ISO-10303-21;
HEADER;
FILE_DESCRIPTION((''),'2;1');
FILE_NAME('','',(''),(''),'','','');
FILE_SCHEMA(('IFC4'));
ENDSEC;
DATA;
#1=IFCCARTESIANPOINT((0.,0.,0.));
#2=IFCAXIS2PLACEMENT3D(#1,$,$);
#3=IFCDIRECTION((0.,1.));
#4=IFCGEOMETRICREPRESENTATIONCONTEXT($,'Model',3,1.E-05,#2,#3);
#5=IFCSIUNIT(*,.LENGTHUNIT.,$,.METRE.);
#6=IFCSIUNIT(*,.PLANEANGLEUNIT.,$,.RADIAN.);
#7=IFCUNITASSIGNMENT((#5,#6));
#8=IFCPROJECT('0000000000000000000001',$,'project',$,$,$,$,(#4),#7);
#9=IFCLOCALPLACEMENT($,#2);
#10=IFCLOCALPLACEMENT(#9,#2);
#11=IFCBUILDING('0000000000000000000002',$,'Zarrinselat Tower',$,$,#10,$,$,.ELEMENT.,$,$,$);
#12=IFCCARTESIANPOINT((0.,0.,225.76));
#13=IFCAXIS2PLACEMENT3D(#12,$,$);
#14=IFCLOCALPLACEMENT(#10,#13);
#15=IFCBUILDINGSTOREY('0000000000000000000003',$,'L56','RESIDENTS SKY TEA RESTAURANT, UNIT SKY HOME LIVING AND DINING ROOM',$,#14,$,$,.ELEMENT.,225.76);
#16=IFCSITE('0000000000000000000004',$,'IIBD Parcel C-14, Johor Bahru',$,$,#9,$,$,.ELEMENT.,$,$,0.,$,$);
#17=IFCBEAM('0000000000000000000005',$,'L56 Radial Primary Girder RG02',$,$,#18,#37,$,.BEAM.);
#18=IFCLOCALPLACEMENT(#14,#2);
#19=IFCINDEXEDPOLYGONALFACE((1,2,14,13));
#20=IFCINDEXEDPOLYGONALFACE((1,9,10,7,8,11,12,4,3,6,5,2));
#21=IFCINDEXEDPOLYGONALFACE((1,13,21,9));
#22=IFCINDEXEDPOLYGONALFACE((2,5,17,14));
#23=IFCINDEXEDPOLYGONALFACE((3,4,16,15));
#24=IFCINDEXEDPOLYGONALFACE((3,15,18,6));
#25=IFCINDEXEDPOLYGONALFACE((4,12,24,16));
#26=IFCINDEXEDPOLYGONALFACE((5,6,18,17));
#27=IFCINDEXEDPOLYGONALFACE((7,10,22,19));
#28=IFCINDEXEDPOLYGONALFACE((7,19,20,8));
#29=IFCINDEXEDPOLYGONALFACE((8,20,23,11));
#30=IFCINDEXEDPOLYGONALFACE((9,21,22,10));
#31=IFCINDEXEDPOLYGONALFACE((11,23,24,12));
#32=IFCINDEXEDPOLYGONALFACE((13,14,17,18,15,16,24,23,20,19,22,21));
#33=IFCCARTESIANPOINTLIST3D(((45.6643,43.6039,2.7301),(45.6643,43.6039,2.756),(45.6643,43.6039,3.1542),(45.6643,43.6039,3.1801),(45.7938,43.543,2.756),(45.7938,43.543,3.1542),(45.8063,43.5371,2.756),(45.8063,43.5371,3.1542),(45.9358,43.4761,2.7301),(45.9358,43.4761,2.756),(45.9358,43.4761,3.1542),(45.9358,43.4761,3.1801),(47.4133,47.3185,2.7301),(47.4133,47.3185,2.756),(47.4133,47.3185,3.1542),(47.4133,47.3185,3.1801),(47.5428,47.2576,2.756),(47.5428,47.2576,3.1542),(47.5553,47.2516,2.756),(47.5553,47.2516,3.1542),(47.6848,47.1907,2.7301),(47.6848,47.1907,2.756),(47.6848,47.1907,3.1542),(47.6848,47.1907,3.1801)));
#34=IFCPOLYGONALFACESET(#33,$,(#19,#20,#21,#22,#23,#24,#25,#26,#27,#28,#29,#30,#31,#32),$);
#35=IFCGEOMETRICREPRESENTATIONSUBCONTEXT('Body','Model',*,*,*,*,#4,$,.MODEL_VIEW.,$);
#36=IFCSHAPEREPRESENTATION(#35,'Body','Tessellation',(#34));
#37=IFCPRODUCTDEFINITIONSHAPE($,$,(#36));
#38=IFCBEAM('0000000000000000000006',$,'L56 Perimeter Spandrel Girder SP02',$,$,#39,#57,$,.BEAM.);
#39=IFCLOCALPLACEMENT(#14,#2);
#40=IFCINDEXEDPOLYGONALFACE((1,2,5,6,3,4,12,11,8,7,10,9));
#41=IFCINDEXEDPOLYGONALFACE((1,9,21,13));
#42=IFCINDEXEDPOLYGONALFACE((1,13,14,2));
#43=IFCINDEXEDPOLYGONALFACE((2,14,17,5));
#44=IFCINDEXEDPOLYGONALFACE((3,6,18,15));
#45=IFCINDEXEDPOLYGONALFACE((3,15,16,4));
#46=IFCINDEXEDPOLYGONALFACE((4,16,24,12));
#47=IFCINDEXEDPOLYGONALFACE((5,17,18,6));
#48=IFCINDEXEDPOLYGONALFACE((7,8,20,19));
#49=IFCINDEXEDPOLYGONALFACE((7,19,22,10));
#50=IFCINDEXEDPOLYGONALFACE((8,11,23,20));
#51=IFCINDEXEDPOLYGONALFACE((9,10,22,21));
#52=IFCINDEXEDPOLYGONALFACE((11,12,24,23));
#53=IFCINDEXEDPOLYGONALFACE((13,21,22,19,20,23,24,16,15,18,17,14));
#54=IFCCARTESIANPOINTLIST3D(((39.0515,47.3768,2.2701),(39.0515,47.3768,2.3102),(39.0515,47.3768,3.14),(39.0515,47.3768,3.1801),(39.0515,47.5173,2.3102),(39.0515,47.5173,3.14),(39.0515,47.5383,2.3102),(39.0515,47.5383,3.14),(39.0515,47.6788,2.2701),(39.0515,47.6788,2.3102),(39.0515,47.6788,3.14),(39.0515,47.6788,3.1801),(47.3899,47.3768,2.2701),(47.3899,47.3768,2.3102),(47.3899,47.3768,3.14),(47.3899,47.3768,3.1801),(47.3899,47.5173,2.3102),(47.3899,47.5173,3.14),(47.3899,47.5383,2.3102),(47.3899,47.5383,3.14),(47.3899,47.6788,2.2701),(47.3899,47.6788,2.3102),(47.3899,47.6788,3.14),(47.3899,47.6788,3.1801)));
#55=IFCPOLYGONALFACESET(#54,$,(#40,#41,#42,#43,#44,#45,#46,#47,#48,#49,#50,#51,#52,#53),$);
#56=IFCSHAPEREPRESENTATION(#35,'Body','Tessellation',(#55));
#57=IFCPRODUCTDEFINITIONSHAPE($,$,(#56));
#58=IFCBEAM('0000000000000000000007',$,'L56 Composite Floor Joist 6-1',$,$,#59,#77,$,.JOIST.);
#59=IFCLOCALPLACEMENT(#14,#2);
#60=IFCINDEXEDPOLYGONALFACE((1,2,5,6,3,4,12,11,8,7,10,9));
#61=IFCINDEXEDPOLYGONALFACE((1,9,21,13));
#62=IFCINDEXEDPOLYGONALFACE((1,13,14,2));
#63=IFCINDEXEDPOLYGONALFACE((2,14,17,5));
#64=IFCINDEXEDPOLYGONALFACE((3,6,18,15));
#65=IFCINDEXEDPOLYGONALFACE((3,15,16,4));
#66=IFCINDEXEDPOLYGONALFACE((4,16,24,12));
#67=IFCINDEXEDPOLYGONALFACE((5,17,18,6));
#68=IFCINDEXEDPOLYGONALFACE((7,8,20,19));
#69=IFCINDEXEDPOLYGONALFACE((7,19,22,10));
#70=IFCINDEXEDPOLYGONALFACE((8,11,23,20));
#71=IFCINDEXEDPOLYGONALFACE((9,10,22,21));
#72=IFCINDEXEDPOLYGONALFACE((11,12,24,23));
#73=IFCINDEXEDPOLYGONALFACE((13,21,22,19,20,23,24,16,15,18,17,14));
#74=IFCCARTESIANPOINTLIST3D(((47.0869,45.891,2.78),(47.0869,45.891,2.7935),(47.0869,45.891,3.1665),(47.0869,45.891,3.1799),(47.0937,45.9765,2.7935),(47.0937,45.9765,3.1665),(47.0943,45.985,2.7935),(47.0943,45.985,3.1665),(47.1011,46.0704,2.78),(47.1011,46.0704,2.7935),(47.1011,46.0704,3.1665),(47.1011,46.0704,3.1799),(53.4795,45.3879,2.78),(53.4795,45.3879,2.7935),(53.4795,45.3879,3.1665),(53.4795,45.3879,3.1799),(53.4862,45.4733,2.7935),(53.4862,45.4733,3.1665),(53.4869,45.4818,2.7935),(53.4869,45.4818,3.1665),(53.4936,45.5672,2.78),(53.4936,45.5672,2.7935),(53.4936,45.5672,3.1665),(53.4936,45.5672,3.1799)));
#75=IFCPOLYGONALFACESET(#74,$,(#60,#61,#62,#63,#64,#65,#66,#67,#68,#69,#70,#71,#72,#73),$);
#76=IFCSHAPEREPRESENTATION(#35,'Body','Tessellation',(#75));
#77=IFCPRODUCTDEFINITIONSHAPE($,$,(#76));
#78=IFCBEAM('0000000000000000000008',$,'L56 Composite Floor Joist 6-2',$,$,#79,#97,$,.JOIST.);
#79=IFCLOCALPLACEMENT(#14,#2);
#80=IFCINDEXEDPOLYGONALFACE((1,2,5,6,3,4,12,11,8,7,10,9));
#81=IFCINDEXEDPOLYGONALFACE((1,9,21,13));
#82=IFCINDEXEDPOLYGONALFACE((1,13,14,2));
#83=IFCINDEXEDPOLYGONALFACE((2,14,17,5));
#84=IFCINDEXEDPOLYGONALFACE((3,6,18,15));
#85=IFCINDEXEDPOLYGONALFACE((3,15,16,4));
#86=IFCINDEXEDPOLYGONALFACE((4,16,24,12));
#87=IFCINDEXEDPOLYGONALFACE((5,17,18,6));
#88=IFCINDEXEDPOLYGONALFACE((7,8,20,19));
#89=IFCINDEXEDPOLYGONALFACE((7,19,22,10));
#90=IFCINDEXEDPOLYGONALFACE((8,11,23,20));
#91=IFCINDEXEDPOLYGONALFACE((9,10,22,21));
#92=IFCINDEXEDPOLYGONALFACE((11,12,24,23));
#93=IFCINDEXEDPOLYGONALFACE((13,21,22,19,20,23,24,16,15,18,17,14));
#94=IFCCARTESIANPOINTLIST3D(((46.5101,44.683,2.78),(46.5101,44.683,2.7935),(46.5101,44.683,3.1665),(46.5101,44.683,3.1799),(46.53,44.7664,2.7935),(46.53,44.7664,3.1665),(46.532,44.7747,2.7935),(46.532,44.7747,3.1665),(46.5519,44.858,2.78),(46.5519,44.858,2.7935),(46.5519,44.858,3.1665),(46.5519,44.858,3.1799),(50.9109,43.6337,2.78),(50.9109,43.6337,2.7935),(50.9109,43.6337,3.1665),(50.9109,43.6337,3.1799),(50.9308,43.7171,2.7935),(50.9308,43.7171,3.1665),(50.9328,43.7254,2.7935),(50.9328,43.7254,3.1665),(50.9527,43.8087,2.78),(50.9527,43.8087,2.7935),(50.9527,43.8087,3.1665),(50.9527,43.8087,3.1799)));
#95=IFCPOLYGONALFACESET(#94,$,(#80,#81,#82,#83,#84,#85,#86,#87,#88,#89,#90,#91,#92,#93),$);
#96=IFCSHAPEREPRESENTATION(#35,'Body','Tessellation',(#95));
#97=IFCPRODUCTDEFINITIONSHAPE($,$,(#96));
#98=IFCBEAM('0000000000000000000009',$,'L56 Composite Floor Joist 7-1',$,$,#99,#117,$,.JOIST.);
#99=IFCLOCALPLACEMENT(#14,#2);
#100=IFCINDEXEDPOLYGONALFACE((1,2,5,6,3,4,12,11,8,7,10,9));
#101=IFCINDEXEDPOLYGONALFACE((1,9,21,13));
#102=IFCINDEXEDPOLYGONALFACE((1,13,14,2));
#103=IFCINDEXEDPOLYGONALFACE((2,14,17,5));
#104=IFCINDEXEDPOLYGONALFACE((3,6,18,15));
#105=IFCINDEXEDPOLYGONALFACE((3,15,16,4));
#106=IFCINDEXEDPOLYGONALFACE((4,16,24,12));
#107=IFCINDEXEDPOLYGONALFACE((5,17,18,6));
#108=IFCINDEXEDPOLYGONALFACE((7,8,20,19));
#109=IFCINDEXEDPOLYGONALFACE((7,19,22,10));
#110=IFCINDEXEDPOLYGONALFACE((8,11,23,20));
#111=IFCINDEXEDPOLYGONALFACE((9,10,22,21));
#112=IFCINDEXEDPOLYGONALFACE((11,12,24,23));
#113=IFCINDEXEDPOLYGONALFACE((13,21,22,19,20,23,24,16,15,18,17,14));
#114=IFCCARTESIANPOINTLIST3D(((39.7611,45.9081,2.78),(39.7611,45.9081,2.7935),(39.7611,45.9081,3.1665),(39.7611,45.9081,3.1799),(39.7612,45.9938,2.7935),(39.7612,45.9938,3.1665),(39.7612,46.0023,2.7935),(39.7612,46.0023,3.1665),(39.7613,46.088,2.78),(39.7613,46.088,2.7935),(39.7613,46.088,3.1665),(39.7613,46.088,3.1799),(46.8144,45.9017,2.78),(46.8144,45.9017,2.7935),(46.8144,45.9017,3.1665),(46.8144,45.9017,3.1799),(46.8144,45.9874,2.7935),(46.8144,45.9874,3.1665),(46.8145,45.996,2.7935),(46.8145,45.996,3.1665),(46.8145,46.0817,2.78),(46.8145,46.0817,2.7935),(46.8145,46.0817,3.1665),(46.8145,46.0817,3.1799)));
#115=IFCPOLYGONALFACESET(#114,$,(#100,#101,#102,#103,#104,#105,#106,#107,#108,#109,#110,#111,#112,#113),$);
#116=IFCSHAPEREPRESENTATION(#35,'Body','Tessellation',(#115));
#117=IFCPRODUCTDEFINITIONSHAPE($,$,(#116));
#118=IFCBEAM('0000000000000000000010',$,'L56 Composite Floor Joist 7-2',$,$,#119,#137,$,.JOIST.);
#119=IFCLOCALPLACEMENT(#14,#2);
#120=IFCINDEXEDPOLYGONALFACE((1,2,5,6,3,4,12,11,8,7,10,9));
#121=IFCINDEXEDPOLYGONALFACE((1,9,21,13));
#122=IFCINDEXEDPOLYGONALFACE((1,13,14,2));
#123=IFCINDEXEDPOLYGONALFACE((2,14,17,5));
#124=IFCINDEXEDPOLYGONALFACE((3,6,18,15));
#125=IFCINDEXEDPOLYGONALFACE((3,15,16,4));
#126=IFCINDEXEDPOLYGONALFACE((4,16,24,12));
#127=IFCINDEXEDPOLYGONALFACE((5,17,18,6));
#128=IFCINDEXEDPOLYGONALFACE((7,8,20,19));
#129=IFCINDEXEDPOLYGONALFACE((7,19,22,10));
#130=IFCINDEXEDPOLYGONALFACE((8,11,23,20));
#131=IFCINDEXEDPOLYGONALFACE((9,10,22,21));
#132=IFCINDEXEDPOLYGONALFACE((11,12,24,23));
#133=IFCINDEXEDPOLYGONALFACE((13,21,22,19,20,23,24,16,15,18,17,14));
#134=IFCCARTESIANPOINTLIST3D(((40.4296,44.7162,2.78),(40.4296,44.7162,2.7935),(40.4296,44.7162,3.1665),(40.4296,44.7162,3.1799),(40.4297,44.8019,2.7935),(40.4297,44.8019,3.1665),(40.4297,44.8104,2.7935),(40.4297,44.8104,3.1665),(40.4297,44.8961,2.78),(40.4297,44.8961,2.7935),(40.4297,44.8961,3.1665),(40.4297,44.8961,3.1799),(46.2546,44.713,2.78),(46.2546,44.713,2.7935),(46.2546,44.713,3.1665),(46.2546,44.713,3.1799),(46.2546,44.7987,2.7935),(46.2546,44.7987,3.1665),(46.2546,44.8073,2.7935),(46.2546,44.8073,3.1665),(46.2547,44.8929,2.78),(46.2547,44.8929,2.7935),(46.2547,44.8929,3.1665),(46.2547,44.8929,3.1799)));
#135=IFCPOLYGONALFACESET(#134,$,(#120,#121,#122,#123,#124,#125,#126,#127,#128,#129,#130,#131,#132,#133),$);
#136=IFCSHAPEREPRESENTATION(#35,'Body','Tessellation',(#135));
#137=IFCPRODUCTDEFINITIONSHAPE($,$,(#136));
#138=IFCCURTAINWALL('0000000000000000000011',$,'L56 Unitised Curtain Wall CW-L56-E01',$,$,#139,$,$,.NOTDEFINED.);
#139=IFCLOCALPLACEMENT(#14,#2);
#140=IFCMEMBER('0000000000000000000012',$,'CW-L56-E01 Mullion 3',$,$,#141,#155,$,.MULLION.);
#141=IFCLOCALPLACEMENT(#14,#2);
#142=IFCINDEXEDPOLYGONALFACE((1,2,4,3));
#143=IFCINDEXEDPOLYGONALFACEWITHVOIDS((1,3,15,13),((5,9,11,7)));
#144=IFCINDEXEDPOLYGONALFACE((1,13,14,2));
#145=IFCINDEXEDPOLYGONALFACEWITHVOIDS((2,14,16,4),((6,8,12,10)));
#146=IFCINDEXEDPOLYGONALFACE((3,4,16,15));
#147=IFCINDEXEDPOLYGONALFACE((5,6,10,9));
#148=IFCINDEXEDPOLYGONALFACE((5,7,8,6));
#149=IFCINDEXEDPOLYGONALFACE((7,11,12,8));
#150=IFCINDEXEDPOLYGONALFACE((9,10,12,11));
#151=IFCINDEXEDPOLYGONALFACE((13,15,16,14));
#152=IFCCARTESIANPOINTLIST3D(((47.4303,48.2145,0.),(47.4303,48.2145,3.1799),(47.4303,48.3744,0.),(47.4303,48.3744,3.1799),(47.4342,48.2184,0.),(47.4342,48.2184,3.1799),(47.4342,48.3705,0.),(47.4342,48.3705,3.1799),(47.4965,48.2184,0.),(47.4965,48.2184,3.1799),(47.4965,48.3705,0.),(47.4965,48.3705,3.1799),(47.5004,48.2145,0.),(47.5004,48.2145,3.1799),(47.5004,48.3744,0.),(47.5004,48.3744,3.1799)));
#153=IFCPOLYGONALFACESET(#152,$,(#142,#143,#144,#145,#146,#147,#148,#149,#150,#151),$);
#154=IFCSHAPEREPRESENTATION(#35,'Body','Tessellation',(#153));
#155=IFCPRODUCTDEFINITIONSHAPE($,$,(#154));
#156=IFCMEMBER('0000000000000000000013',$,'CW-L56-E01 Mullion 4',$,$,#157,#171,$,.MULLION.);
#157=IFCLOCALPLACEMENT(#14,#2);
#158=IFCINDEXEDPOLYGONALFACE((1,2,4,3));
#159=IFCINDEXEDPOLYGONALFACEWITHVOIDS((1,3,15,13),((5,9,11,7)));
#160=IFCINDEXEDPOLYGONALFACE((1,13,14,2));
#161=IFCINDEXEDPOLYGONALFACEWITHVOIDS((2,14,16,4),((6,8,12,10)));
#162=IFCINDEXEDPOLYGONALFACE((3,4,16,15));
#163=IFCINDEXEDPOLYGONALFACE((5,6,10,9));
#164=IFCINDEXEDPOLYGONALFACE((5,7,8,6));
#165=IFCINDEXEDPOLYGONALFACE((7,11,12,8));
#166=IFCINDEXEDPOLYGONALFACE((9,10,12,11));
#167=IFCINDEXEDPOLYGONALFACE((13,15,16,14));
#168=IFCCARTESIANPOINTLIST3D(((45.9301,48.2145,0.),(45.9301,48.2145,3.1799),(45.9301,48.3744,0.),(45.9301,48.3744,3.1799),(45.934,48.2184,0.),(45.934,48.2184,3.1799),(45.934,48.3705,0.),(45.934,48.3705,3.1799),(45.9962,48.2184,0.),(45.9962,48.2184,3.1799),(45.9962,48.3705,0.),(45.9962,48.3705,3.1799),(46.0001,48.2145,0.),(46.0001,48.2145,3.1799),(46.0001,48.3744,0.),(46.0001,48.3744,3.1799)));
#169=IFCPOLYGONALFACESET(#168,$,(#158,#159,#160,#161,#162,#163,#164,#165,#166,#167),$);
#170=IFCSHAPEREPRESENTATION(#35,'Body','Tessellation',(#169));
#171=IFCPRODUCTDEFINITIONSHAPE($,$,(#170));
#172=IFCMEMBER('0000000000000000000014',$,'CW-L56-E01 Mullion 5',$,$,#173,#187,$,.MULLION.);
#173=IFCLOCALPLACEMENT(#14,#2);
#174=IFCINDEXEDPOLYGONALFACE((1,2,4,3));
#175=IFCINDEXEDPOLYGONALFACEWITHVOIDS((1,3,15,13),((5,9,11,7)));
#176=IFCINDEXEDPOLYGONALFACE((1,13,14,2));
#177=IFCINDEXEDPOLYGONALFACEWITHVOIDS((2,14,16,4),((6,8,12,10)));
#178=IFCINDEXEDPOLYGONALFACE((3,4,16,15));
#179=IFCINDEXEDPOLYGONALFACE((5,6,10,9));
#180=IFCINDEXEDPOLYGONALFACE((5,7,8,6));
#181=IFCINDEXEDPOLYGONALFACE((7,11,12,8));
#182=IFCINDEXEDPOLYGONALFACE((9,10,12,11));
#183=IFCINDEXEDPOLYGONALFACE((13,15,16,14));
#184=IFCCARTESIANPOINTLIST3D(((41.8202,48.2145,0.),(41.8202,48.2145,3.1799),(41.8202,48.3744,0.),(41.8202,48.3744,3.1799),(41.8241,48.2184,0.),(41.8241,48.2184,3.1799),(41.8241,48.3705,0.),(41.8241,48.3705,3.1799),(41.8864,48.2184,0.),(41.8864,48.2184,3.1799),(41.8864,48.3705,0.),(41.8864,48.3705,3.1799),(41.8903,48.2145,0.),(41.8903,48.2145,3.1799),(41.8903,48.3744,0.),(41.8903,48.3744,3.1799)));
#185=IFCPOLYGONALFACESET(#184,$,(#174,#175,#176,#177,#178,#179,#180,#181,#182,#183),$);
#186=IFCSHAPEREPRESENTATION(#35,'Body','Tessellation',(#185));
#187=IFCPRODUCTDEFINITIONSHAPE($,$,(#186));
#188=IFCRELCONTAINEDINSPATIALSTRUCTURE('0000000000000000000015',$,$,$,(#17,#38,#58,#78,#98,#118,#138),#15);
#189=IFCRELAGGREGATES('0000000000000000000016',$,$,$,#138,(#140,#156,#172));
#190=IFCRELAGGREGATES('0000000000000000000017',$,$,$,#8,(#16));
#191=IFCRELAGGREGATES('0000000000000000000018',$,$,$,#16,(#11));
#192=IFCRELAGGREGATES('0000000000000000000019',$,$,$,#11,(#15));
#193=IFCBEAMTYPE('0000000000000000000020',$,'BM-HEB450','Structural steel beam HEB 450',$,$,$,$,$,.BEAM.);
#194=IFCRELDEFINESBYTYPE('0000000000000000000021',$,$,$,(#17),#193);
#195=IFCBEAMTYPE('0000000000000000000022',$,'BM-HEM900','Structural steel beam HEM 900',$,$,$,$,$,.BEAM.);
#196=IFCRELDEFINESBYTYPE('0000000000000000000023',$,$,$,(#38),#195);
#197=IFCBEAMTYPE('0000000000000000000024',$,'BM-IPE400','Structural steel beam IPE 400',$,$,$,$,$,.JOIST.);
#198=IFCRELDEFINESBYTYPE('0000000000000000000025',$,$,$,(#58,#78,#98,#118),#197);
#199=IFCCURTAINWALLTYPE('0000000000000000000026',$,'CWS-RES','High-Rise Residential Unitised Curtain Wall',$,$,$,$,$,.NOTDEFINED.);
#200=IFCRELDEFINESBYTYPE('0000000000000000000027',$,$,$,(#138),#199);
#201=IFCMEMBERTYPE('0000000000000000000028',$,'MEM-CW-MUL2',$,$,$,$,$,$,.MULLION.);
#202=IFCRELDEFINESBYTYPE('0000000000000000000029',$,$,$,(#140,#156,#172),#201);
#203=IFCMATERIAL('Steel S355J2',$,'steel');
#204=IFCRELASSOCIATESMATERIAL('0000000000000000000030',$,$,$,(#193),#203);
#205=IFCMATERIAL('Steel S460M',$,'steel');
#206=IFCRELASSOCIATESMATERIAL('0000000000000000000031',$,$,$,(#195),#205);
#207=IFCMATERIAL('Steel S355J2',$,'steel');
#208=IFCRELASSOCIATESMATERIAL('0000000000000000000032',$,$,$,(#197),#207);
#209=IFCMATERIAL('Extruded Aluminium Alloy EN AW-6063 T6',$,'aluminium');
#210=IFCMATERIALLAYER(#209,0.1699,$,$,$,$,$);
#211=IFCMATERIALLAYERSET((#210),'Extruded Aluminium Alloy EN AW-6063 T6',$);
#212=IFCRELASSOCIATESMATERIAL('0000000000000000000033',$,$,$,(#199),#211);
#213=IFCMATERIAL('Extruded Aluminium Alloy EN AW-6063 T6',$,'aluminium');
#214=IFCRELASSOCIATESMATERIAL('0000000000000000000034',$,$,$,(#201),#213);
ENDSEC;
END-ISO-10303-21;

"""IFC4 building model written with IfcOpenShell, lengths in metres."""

from ifc_helpers import new_model, si_unit, direction, frame, origin, origin_2d, place, context, subcontext, project, spatial, hollow_rectangle, i_section, extrude, material, layer, layer_set, material_profile, profile_set, type_object, element, aggregate, save


model = new_model("IFC4")

# Units and contexts
model_context = context("Model", 3, precision=1e-05, world=origin(), true_north=direction((0.0, 1.0)))
body_context = subcontext(model_context, "Body", "Model", "MODEL_VIEW")
ifc_project = project(units=[si_unit("LENGTHUNIT", "METRE"), si_unit("PLANEANGLEUNIT", "RADIAN")], contexts=[model_context])

# Site, building, storey
site_placement = place(None, origin())
site = spatial("IfcSite", under=ifc_project, at=site_placement, Name="IIBD Parcel C-14, Johor Bahru", CompositionType="ELEMENT", RefElevation=0.0)
building_placement = place(site_placement, origin())
building = spatial("IfcBuilding", under=site, at=building_placement, Name="Zarrinselat Tower", CompositionType="ELEMENT")
storey_placement = place(building_placement, frame((0.0, 0.0, 225.76)))
storey = spatial("IfcBuildingStorey", under=building, at=storey_placement, Name="L56", Description="RESIDENTS SKY TEA RESTAURANT, UNIT SKY HOME LIVING AND DINING ROOM", CompositionType="ELEMENT", Elevation=225.76)

# Beams
ifc_material_1 = material(Name="Steel S355J2", Category="steel")
ifc_material_profile_1 = material_profile(ifc_material_1, i_section(OverallWidth=0.3, OverallDepth=0.45, WebThickness=0.0139, FlangeThickness=0.0259, at=origin_2d()), Name="HEB 450")
ifc_profile_set_1 = profile_set([ifc_material_profile_1], Name="Steel S355J2")
beam_type_1 = type_object("IfcBeamType", Name="BM-HEB450", Description="Structural steel beam HEB 450", PredefinedType="BEAM", material=ifc_profile_set_1)
beam_1_placement = place(storey_placement, frame((45.8, 43.54, 2.9551), z_axis=(0.425992, 0.904727, 0.0), x_axis=(-0.904727, 0.425992, 0.0)))
element("IfcBeam", 1, at=beam_1_placement, inside=storey, type_object=beam_type_1, Name="L56 Radial Primary Girder RG02", PredefinedType="BEAM", context=body_context, shape_type="SweptSolid", body=[
    extrude(i_section(OverallWidth=0.3, OverallDepth=0.45, WebThickness=0.0139, FlangeThickness=0.0259, at=origin_2d()), origin(), (0.0, 0.0, 1.0), 4.1057),
])
ifc_material_2 = material(Name="Steel S460M", Category="steel")
ifc_material_profile_2 = material_profile(ifc_material_2, i_section(OverallWidth=0.302, OverallDepth=0.9099, WebThickness=0.021, FlangeThickness=0.04, at=origin_2d()), Name="HEM 900")
ifc_profile_set_2 = profile_set([ifc_material_profile_2], Name="Steel S460M")
beam_type_2 = type_object("IfcBeamType", Name="BM-HEM900", Description="Structural steel beam HEM 900", PredefinedType="BEAM", material=ifc_profile_set_2)
beam_2_placement = place(storey_placement, frame((39.0515, 47.5278, 2.7251), z_axis=(1.0, 0.0, 0.0), x_axis=(0.0, 1.0, 0.0)))
element("IfcBeam", 2, at=beam_2_placement, inside=storey, type_object=beam_type_2, Name="L56 Perimeter Spandrel Girder SP02", PredefinedType="BEAM", context=body_context, shape_type="SweptSolid", body=[
    extrude(i_section(OverallWidth=0.302, OverallDepth=0.9099, WebThickness=0.021, FlangeThickness=0.04, at=origin_2d()), origin(), (0.0, 0.0, 1.0), 8.3384),
])
ifc_material_3 = material(Name="Steel S355J2", Category="steel")
ifc_material_profile_3 = material_profile(ifc_material_3, i_section(OverallWidth=0.1799, OverallDepth=0.3999, WebThickness=0.0085, FlangeThickness=0.0134, at=origin_2d()), Name="IPE 400")
ifc_profile_set_3 = profile_set([ifc_material_profile_3], Name="Steel S355J2")
beam_type_3 = type_object("IfcBeamType", Name="BM-IPE400", Description="Structural steel beam IPE 400", PredefinedType="JOIST", material=ifc_profile_set_3)
beam_3_placement = place(storey_placement, frame((47.094, 45.9807, 2.98), z_axis=(0.996917, -0.078469, 0.0), x_axis=(0.078469, 0.996917, 0.0)))
element("IfcBeam", 3, at=beam_3_placement, inside=storey, type_object=beam_type_3, Name="L56 Composite Floor Joist 6-1", PredefinedType="JOIST", context=body_context, shape_type="SweptSolid", body=[
    extrude(i_section(OverallWidth=0.1799, OverallDepth=0.3999, WebThickness=0.0085, FlangeThickness=0.0134, at=origin_2d()), origin(), (0.0, 0.0, 1.0), 6.4124),
])
beam_4_placement = place(storey_placement, frame((46.531, 44.7705, 2.98), z_axis=(0.972732, -0.231932, 0.0), x_axis=(0.231932, 0.972732, 0.0)))
element("IfcBeam", 4, at=beam_4_placement, inside=storey, type_object=beam_type_3, Name="L56 Composite Floor Joist 6-2", PredefinedType="JOIST", context=body_context, shape_type="SweptSolid", body=[
    extrude(i_section(OverallWidth=0.1799, OverallDepth=0.3999, WebThickness=0.0085, FlangeThickness=0.0134, at=origin_2d()), origin(), (0.0, 0.0, 1.0), 4.5242),
])
beam_5_placement = place(storey_placement, frame((39.7612, 45.998, 2.98), z_axis=(1.0, -0.0009, 0.0), x_axis=(0.0009, 1.0, 0.0)))
element("IfcBeam", 5, at=beam_5_placement, inside=storey, type_object=beam_type_3, Name="L56 Composite Floor Joist 7-1", PredefinedType="JOIST", context=body_context, shape_type="SweptSolid", body=[
    extrude(i_section(OverallWidth=0.1799, OverallDepth=0.3999, WebThickness=0.0085, FlangeThickness=0.0134, at=origin_2d()), origin(), (0.0, 0.0, 1.0), 7.0532),
])
beam_6_placement = place(storey_placement, frame((40.4297, 44.8062, 2.98), z_axis=(1.0, -0.000545, 0.0), x_axis=(0.000545, 1.0, 0.0)))
element("IfcBeam", 6, at=beam_6_placement, inside=storey, type_object=beam_type_3, Name="L56 Composite Floor Joist 7-2", PredefinedType="JOIST", context=body_context, shape_type="SweptSolid", body=[
    extrude(i_section(OverallWidth=0.1799, OverallDepth=0.3999, WebThickness=0.0085, FlangeThickness=0.0134, at=origin_2d()), origin(), (0.0, 0.0, 1.0), 5.825),
])

# Curtain wall, members
ifc_material_4 = material(Name="Extruded Aluminium Alloy EN AW-6063 T6", Category="aluminium")
ifc_layer_1 = layer(ifc_material_4, 0.1699)
ifc_layer_set_1 = layer_set([ifc_layer_1], Name="Extruded Aluminium Alloy EN AW-6063 T6")
curtain_wall_type = type_object("IfcCurtainWallType", Name="CWS-RES", Description="High-Rise Residential Unitised Curtain Wall", PredefinedType="NOTDEFINED", material=ifc_layer_set_1)
curtain_wall_placement = place(storey_placement, origin())
curtain_wall = element("IfcCurtainWall", 7, at=curtain_wall_placement, inside=storey, type_object=curtain_wall_type, Name="L56 Unitised Curtain Wall CW-L56-E01", PredefinedType="NOTDEFINED")
ifc_material_5 = material(Name="Extruded Aluminium Alloy EN AW-6063 T6", Category="aluminium")
ifc_material_profile_4 = material_profile(ifc_material_5, hollow_rectangle(XDim=0.0701, YDim=0.1599, WallThickness=0.0039, at=origin_2d()), Name="RHS 160x70x4")
ifc_profile_set_4 = profile_set([ifc_material_profile_4], Name="Extruded Aluminium Alloy EN AW-6063 T6")
member_type_1 = type_object("IfcMemberType", Name="MEM-CW-MUL2", PredefinedType="MULLION", material=ifc_profile_set_4)
member_1_placement = place(storey_placement, frame((47.4653, 48.2944, 0.0), z_axis=(0.0, 0.0, 1.0), x_axis=(-1.0, 0.0, 0.0)))
member_1 = element("IfcMember", 8, at=member_1_placement, type_object=member_type_1, Name="CW-L56-E01 Mullion 3", PredefinedType="MULLION", context=body_context, shape_type="SweptSolid", body=[
    extrude(hollow_rectangle(XDim=0.0701, YDim=0.1599, WallThickness=0.0039, at=origin_2d()), origin(), (0.0, 0.0, 1.0), 3.1799),
])
member_2_placement = place(storey_placement, frame((45.9651, 48.2944, 0.0), z_axis=(0.0, 0.0, 1.0), x_axis=(-1.0, 0.0, 0.0)))
member_2 = element("IfcMember", 9, at=member_2_placement, type_object=member_type_1, Name="CW-L56-E01 Mullion 4", PredefinedType="MULLION", context=body_context, shape_type="SweptSolid", body=[
    extrude(hollow_rectangle(XDim=0.0701, YDim=0.1599, WallThickness=0.0039, at=origin_2d()), origin(), (0.0, 0.0, 1.0), 3.1799),
])
member_3_placement = place(storey_placement, frame((41.8552, 48.2944, 0.0), z_axis=(0.0, 0.0, 1.0), x_axis=(-1.0, 0.0, 0.0)))
member_3 = element("IfcMember", 10, at=member_3_placement, type_object=member_type_1, Name="CW-L56-E01 Mullion 5", PredefinedType="MULLION", context=body_context, shape_type="SweptSolid", body=[
    extrude(hollow_rectangle(XDim=0.0701, YDim=0.1599, WallThickness=0.0039, at=origin_2d()), origin(), (0.0, 0.0, 1.0), 3.1799),
])
aggregate(curtain_wall, [member_1, member_2, member_3])

save(model, "model.ifc")
